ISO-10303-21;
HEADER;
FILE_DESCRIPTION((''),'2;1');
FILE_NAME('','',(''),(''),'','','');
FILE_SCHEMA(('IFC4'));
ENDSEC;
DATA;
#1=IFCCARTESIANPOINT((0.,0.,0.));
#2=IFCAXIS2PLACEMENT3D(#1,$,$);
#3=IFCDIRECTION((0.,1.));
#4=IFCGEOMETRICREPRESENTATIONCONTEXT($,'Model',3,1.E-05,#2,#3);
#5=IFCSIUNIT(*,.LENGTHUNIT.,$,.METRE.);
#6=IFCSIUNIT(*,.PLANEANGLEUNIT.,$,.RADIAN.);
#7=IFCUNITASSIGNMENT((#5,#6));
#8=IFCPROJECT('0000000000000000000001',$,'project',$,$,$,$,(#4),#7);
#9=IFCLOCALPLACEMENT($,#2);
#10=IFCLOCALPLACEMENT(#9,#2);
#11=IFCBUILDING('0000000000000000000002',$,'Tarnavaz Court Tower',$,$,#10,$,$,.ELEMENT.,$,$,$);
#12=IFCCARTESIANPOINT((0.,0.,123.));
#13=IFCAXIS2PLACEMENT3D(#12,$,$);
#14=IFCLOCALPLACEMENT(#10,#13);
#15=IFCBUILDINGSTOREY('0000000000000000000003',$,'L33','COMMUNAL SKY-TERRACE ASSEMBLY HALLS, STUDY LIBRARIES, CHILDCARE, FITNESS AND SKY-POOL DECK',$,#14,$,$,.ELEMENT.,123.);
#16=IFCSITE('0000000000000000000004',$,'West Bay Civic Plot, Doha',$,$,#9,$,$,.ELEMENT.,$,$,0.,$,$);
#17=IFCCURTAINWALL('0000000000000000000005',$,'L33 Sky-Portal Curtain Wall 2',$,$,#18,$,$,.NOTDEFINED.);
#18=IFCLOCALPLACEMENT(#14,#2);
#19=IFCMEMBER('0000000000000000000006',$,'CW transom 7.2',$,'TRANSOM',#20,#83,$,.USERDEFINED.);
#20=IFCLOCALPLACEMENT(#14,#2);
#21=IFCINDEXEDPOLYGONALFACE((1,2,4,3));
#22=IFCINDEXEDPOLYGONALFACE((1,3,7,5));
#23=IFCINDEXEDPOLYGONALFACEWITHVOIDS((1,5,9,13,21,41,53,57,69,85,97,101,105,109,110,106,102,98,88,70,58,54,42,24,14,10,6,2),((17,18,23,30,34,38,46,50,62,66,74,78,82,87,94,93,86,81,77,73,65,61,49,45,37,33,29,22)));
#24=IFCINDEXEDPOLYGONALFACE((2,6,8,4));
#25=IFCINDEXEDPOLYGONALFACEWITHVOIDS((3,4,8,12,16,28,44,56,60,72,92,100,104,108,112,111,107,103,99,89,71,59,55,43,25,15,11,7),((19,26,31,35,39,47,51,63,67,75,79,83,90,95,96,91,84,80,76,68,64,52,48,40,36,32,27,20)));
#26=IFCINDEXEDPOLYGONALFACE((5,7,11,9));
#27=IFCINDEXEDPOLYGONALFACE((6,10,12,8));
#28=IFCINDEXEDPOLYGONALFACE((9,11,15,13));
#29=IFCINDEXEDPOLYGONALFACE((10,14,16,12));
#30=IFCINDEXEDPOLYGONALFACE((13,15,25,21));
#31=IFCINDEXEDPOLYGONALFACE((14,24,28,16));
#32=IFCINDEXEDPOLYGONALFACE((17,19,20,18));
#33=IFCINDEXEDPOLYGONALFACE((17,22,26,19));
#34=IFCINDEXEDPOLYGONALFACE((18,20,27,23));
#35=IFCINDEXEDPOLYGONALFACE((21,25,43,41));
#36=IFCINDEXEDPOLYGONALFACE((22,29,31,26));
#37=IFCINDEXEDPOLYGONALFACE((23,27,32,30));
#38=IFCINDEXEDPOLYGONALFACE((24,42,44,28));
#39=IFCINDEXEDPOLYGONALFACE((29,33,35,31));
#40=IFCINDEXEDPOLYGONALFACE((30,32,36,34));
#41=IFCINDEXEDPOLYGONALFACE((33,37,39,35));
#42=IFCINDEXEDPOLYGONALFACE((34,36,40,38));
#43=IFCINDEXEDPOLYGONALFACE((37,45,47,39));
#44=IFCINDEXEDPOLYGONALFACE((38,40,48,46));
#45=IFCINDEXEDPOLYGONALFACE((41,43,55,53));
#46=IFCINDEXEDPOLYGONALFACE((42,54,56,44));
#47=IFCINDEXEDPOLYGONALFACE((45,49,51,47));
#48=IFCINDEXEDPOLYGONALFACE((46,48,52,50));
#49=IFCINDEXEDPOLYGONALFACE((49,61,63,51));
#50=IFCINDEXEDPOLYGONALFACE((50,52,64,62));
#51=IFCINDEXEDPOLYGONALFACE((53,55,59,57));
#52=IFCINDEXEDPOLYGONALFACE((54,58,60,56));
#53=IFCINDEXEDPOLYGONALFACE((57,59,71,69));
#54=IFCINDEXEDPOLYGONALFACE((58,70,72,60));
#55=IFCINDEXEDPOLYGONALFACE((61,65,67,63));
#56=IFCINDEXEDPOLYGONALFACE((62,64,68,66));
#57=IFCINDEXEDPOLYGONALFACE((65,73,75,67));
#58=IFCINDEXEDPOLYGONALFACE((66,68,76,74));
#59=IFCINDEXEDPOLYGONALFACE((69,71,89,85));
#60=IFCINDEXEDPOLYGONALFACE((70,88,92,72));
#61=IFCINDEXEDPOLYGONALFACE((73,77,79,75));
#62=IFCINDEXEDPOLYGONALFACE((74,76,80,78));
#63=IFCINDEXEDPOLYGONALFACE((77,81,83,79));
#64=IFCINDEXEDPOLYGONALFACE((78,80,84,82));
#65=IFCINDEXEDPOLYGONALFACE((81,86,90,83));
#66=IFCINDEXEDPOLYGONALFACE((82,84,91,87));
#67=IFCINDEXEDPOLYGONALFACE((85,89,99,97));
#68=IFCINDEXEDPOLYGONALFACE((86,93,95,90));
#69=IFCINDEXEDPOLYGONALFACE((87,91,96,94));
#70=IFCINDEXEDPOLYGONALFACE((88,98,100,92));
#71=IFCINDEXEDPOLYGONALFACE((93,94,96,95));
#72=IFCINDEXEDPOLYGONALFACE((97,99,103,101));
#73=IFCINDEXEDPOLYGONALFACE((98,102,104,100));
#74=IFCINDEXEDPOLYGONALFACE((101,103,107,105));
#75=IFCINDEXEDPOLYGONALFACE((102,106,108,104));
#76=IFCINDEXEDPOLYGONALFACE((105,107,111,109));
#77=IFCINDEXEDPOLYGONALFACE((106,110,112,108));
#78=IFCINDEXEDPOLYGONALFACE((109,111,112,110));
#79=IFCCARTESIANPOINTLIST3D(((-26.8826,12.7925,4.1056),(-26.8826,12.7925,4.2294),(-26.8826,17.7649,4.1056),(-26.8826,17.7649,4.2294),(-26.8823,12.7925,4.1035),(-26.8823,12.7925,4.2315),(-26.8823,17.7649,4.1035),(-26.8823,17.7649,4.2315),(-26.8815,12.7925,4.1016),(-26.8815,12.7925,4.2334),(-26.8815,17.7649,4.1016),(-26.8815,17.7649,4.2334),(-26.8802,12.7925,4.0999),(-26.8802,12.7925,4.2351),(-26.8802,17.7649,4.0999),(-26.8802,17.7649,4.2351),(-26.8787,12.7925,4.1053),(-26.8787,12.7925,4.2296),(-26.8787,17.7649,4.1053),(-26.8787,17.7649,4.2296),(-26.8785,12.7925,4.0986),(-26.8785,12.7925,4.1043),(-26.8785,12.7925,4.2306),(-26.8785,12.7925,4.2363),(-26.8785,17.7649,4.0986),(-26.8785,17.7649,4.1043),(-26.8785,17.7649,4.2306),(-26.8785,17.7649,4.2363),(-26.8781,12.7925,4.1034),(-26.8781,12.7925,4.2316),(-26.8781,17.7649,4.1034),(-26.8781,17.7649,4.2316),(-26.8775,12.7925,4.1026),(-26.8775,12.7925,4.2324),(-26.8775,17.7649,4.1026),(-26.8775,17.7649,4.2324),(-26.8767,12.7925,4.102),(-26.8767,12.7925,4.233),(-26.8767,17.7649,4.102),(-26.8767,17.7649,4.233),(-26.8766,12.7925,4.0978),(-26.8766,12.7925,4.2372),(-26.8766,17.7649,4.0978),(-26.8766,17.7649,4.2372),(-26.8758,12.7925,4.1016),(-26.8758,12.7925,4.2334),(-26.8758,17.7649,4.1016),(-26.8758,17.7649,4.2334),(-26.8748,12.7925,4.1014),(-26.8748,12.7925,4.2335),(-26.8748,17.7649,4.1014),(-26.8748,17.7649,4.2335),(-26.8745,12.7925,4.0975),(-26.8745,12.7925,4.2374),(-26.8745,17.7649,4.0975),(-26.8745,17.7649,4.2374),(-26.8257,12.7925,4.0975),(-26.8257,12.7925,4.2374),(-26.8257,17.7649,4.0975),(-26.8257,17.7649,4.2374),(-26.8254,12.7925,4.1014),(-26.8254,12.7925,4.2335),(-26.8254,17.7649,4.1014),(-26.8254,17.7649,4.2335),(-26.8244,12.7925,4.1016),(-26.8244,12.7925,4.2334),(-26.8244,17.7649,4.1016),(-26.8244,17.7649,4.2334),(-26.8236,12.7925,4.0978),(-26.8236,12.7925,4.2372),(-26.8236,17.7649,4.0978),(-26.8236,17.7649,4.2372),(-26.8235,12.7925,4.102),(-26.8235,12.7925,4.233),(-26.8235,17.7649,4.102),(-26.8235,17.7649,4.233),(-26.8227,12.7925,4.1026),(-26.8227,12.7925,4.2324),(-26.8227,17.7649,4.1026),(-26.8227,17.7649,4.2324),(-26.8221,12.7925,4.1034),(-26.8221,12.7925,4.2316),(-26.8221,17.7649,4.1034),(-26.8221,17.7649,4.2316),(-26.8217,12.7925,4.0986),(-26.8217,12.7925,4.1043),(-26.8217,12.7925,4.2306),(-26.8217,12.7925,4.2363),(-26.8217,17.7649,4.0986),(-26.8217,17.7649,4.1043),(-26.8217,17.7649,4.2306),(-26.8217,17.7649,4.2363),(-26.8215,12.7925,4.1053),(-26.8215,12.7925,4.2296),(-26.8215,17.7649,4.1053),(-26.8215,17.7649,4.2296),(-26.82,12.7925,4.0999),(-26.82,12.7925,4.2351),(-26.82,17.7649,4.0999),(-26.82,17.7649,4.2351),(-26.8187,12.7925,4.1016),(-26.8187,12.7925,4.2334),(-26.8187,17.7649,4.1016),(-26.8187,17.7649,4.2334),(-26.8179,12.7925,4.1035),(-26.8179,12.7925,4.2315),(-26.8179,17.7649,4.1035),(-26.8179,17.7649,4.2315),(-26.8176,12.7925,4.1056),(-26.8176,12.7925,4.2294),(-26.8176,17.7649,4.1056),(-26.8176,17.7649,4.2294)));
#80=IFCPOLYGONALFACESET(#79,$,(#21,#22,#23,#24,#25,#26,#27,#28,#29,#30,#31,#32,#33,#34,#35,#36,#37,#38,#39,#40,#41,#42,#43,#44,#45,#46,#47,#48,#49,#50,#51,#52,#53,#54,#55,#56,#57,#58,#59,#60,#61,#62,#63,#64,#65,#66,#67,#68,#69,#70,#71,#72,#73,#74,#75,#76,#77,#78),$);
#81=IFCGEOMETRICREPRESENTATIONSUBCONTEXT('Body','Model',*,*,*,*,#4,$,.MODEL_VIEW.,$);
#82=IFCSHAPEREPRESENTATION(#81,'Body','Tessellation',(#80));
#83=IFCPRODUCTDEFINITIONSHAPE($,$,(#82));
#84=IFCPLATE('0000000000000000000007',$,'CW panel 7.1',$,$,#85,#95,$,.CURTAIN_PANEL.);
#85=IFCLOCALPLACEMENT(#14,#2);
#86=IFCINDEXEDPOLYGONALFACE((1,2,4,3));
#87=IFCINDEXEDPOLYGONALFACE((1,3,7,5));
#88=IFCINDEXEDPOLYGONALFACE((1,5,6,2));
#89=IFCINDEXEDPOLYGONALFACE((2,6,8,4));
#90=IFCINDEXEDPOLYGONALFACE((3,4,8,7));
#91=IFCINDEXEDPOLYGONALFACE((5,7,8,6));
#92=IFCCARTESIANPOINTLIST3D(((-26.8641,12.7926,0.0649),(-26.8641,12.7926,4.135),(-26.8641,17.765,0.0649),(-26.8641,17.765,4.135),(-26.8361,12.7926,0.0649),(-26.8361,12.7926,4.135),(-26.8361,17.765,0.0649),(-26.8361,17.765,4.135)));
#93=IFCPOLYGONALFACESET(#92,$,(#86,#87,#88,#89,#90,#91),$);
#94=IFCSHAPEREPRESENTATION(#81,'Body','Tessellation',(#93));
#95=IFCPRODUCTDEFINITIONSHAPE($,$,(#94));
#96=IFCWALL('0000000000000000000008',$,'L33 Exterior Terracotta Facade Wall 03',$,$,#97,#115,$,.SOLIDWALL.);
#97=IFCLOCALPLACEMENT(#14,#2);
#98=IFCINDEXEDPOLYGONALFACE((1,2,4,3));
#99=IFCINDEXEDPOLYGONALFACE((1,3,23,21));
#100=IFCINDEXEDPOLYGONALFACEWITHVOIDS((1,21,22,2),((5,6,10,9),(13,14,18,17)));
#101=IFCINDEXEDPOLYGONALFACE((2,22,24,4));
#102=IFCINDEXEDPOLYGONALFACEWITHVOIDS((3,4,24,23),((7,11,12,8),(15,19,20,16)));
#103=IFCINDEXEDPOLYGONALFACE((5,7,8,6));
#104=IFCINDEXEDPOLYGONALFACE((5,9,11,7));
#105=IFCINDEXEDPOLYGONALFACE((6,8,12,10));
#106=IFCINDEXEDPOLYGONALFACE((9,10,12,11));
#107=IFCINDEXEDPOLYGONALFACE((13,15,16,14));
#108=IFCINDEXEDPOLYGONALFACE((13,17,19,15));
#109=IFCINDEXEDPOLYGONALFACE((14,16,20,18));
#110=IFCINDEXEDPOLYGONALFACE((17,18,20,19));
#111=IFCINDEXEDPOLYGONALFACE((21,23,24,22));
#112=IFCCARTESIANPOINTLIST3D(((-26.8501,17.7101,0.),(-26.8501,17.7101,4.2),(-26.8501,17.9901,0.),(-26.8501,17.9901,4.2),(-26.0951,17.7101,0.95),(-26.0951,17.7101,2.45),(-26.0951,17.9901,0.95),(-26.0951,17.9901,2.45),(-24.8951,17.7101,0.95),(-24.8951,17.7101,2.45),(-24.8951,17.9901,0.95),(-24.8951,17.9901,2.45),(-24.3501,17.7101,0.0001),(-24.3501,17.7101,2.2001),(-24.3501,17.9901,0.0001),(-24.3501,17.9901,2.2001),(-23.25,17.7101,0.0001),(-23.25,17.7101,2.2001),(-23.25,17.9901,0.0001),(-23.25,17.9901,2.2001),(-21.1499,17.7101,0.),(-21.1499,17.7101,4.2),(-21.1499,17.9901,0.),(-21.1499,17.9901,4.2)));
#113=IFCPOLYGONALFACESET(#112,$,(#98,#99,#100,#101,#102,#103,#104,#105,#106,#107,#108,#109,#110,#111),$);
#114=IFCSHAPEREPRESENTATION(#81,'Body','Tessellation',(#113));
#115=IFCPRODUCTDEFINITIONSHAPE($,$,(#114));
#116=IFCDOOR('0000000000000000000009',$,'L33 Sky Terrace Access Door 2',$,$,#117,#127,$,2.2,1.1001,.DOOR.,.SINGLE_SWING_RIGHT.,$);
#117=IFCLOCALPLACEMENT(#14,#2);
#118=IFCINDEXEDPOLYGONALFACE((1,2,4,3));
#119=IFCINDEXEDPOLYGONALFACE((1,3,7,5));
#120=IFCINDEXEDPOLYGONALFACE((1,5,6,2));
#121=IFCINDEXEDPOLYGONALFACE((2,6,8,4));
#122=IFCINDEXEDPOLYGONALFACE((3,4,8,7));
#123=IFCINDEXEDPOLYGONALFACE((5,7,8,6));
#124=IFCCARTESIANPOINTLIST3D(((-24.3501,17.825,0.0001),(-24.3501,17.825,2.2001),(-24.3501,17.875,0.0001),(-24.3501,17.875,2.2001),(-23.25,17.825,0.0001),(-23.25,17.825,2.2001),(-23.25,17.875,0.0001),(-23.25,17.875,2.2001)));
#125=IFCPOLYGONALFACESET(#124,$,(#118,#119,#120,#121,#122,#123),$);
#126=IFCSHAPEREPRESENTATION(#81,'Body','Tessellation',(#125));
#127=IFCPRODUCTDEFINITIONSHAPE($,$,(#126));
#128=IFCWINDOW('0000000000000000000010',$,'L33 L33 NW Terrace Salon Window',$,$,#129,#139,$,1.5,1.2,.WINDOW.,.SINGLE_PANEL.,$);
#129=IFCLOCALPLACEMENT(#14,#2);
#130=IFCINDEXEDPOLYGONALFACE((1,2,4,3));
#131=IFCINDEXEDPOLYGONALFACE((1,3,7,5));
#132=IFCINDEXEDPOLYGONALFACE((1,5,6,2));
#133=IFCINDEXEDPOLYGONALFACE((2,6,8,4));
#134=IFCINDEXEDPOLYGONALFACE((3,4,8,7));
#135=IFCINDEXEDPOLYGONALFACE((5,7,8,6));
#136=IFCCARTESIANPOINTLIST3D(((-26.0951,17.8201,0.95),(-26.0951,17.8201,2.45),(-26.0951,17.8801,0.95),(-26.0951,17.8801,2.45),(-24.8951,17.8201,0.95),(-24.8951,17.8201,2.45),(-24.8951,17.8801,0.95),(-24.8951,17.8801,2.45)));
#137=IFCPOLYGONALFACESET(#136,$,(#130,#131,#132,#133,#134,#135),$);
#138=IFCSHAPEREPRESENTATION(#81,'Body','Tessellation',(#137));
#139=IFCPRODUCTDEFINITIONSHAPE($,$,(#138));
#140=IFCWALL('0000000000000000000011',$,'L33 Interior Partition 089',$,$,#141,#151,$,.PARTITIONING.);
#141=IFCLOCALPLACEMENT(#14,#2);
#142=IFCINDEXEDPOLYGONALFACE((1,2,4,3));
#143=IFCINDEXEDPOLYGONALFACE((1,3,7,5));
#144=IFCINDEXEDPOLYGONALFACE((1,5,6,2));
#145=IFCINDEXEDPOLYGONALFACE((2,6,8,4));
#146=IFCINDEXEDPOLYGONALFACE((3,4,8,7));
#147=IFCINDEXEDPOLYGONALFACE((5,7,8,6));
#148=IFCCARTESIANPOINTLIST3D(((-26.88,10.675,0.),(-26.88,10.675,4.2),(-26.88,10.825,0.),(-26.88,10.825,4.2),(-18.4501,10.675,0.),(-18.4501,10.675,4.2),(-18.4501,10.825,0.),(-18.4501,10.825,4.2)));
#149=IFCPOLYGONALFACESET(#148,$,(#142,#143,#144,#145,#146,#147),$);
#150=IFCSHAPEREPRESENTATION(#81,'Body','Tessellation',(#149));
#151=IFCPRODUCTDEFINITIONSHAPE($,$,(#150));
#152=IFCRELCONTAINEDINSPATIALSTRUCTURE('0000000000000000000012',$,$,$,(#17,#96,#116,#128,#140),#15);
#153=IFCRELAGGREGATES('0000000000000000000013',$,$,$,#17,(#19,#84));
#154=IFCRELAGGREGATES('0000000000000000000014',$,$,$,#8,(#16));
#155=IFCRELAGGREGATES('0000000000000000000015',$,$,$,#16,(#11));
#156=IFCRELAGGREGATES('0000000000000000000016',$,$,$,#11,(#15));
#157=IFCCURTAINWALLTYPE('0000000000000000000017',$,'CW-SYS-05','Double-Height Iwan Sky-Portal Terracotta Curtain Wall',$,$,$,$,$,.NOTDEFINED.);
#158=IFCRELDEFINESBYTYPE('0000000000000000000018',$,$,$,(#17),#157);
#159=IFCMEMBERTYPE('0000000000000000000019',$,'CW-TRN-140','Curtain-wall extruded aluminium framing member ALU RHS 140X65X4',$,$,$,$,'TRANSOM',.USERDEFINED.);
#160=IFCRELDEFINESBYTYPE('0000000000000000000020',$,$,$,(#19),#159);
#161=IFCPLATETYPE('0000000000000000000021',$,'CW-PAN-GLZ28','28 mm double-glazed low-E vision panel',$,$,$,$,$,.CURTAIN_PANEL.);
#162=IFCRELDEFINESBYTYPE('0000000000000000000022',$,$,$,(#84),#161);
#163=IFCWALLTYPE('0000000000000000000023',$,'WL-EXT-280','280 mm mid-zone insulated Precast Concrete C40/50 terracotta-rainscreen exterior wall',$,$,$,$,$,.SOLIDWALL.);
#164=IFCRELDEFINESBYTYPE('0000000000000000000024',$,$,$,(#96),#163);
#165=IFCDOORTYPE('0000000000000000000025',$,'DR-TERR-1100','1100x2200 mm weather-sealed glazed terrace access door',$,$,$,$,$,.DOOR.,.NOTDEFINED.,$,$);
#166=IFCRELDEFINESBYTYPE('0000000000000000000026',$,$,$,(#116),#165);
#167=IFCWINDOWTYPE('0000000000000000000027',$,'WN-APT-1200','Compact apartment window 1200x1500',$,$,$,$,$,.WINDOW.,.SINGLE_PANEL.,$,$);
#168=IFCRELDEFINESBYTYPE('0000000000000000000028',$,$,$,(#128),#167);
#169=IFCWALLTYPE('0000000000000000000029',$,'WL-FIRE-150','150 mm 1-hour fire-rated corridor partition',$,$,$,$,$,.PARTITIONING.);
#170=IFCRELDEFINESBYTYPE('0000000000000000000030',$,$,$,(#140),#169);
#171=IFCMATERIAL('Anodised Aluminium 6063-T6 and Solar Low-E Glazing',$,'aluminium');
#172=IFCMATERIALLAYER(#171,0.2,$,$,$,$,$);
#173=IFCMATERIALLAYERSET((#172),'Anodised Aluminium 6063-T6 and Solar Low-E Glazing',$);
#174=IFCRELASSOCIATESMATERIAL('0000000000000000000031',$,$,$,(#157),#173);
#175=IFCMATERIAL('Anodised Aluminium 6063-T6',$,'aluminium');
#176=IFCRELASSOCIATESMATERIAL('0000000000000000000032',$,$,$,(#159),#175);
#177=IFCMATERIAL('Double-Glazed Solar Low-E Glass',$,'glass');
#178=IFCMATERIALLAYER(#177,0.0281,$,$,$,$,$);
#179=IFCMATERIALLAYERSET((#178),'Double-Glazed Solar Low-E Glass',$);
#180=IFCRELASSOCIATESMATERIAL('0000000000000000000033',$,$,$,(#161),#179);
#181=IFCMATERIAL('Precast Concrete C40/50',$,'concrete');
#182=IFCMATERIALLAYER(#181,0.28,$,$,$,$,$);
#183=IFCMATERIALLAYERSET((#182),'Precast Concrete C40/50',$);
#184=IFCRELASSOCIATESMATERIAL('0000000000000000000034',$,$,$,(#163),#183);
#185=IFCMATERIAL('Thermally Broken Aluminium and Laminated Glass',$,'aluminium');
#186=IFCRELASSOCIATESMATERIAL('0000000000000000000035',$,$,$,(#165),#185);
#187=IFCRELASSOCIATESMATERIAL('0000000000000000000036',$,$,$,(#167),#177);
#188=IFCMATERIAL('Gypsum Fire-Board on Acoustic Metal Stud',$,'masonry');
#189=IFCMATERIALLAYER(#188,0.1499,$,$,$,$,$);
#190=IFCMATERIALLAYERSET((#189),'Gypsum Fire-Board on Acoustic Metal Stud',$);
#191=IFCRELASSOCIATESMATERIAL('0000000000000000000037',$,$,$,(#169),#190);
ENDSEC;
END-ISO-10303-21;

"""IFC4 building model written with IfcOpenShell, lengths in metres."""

from ifc_helpers import new_model, si_unit, direction, frame, frame_2d, origin, origin_2d, place, context, subcontext, project, spatial, rectangle, hollow_rectangle, extrude, material, layer, layer_set, material_profile, profile_set, type_object, element, fill, aggregate, save


model = new_model("IFC4")

# Units and contexts
model_context = context("Model", 3, precision=1e-05, world=origin(), true_north=direction((0.0, 1.0)))
body_context = subcontext(model_context, "Body", "Model", "MODEL_VIEW")
ifc_project = project(units=[si_unit("LENGTHUNIT", "METRE"), si_unit("PLANEANGLEUNIT", "RADIAN")], contexts=[model_context])

# Site, building, storey
site_placement = place(None, origin())
site = spatial("IfcSite", under=ifc_project, at=site_placement, Name="West Bay Civic Plot, Doha", CompositionType="ELEMENT", RefElevation=0.0)
building_placement = place(site_placement, origin())
building = spatial("IfcBuilding", under=site, at=building_placement, Name="Tarnavaz Court Tower", CompositionType="ELEMENT")
storey_placement = place(building_placement, frame((0.0, 0.0, 123.0)))
storey = spatial("IfcBuildingStorey", under=building, at=storey_placement, Name="L33", Description="COMMUNAL SKY-TERRACE ASSEMBLY HALLS, STUDY LIBRARIES, CHILDCARE, FITNESS AND SKY-POOL DECK", CompositionType="ELEMENT", Elevation=123.0)

# Curtain wall, member, plate
ifc_material_1 = material(Name="Anodised Aluminium 6063-T6 and Solar Low-E Glazing", Category="aluminium")
ifc_layer_1 = layer(ifc_material_1, 0.2)
ifc_layer_set_1 = layer_set([ifc_layer_1], Name="Anodised Aluminium 6063-T6 and Solar Low-E Glazing")
curtain_wall_type = type_object("IfcCurtainWallType", Name="CW-SYS-05", Description="Double-Height Iwan Sky-Portal Terracotta Curtain Wall", PredefinedType="NOTDEFINED", material=ifc_layer_set_1)
curtain_wall_placement = place(storey_placement, origin())
curtain_wall = element("IfcCurtainWall", 1, at=curtain_wall_placement, inside=storey, type_object=curtain_wall_type, Name="L33 Sky-Portal Curtain Wall 2", PredefinedType="NOTDEFINED")
ifc_material_2 = material(Name="Anodised Aluminium 6063-T6", Category="aluminium")
ifc_material_profile_1 = material_profile(ifc_material_2, hollow_rectangle(XDim=0.0649, YDim=0.1399, WallThickness=0.0039, InnerFilletRadius=0.0039, OuterFilletRadius=0.0081, at=origin_2d()), Name="ALU RHS 140X65X4")
ifc_profile_set_1 = profile_set([ifc_material_profile_1], Name="Anodised Aluminium 6063-T6")
member_type_1 = type_object("IfcMemberType", Name="CW-TRN-140", Description="Curtain-wall extruded aluminium framing member ALU RHS 140X65X4", ElementType="TRANSOM", PredefinedType="USERDEFINED", material=ifc_profile_set_1)
member_1_placement = place(storey_placement, frame((-26.8501, 12.7925, 4.1675), z_axis=(0.0, 1.0, 0.0), x_axis=(-1.0, 0.0, 0.0)))
member_1 = element("IfcMember", 2, at=member_1_placement, type_object=member_type_1, Name="CW transom 7.2", ObjectType="TRANSOM", PredefinedType="USERDEFINED", context=body_context, shape_type="SweptSolid", body=[
    extrude(hollow_rectangle(XDim=0.0649, YDim=0.1399, WallThickness=0.0039, InnerFilletRadius=0.0039, OuterFilletRadius=0.0081, at=origin_2d()), origin(), (0.0, 0.0, 1.0), 4.9724),
])
ifc_material_3 = material(Name="Double-Glazed Solar Low-E Glass", Category="glass")
ifc_layer_2 = layer(ifc_material_3, 0.0281)
ifc_layer_set_2 = layer_set([ifc_layer_2], Name="Double-Glazed Solar Low-E Glass")
plate_type = type_object("IfcPlateType", Name="CW-PAN-GLZ28", Description="28 mm double-glazed low-E vision panel", PredefinedType="CURTAIN_PANEL", material=ifc_layer_set_2)
plate_placement = place(storey_placement, frame((-26.8501, 15.2788, 0.0649), z_axis=(0.0, 0.0, 1.0), x_axis=(0.0, 1.0, 0.0)))
plate = element("IfcPlate", 3, at=plate_placement, type_object=plate_type, Name="CW panel 7.1", PredefinedType="CURTAIN_PANEL", context=body_context, shape_type="SweptSolid", body=[
    extrude(rectangle(XDim=4.9724, YDim=0.0281, at=origin_2d()), origin(), (0.0, 0.0, 1.0), 4.0701),
])
aggregate(curtain_wall, [member_1, plate])

# Wall, openings, door, window
ifc_material_4 = material(Name="Precast Concrete C40/50", Category="concrete")
ifc_layer_3 = layer(ifc_material_4, 0.28)
ifc_layer_set_3 = layer_set([ifc_layer_3], Name="Precast Concrete C40/50")
wall_type_1 = type_object("IfcWallType", Name="WL-EXT-280", Description="280 mm mid-zone insulated Precast Concrete C40/50 terracotta-rainscreen exterior wall", PredefinedType="SOLIDWALL", material=ifc_layer_set_3)
wall_1_placement = place(storey_placement, frame((-26.8501, 17.8501, 0.0), z_axis=(0.0, 0.0, 1.0), x_axis=(1.0, 0.0, 0.0)))
wall_1 = element("IfcWall", 4, at=wall_1_placement, inside=storey, type_object=wall_type_1, Name="L33 Exterior Terracotta Facade Wall 03", PredefinedType="SOLIDWALL", context=body_context, shape_type="SweptSolid", body=[
    extrude(rectangle(XDim=5.7002, YDim=0.28, at=frame_2d((2.8501, 0.0))), origin(), (0.0, 0.0, 1.0), 4.2),
])
opening_1_placement = place(wall_1_placement, frame((2.5, 0.0, 0.0)))
opening_1 = element("IfcOpeningElement", 5, at=opening_1_placement, cuts=wall_1, PredefinedType="OPENING", context=body_context, shape_type="SweptSolid", body=[
    extrude(rectangle(XDim=1.1001, YDim=2.2, at=frame_2d((0.55, 1.1001))), frame((0.0, 0.1499, 0.0), z_axis=(0.0, -1.0, 0.0), x_axis=(1.0, 0.0, 0.0)), (0.0, 0.0, 1.0), 0.3),
])
opening_2_placement = place(wall_1_placement, frame((0.7549, 0.0, 0.95)))
opening_2 = element("IfcOpeningElement", 6, at=opening_2_placement, cuts=wall_1, PredefinedType="OPENING", context=body_context, shape_type="SweptSolid", body=[
    extrude(rectangle(XDim=1.2, YDim=1.5, at=frame_2d((0.6001, 0.75))), frame((0.0, 0.1499, 0.0), z_axis=(0.0, -1.0, 0.0), x_axis=(1.0, 0.0, 0.0)), (0.0, 0.0, 1.0), 0.3),
])
ifc_material_5 = material(Name="Thermally Broken Aluminium and Laminated Glass", Category="aluminium")
door_type_1 = type_object("IfcDoorType", Name="DR-TERR-1100", Description="1100x2200 mm weather-sealed glazed terrace access door", OperationType="NOTDEFINED", PredefinedType="DOOR", material=ifc_material_5)
door_1_placement = place(opening_1_placement, origin())
door_1 = element("IfcDoor", 7, at=door_1_placement, inside=storey, type_object=door_type_1, Name="L33 Sky Terrace Access Door 2", OperationType="SINGLE_SWING_RIGHT", OverallHeight=2.2, OverallWidth=1.1001, PredefinedType="DOOR", context=body_context, shape_type="SweptSolid", body=[
    extrude(rectangle(XDim=1.1001, YDim=2.2, at=frame_2d((0.55, 1.1001))), frame((0.0, 0.0249, 0.0), z_axis=(0.0, -1.0, 0.0), x_axis=(1.0, 0.0, 0.0)), (0.0, 0.0, 1.0), 0.05),
])
fill(opening_1, door_1)
window_type = type_object("IfcWindowType", Name="WN-APT-1200", Description="Compact apartment window 1200x1500", PartitioningType="SINGLE_PANEL", PredefinedType="WINDOW", material=ifc_material_3)
window_placement = place(opening_2_placement, origin())
window = element("IfcWindow", 8, at=window_placement, inside=storey, type_object=window_type, Name="L33 L33 NW Terrace Salon Window", OverallHeight=1.5, OverallWidth=1.2, PartitioningType="SINGLE_PANEL", PredefinedType="WINDOW", context=body_context, shape_type="SweptSolid", body=[
    extrude(rectangle(XDim=1.2, YDim=1.5, at=frame_2d((0.6001, 0.75))), frame((0.0, 0.03, 0.0), z_axis=(0.0, -1.0, 0.0), x_axis=(1.0, 0.0, 0.0)), (0.0, 0.0, 1.0), 0.0601),
])
fill(opening_2, window)

# Wall
ifc_material_6 = material(Name="Gypsum Fire-Board on Acoustic Metal Stud", Category="masonry")
ifc_layer_4 = layer(ifc_material_6, 0.1499)
ifc_layer_set_4 = layer_set([ifc_layer_4], Name="Gypsum Fire-Board on Acoustic Metal Stud")
wall_type_2 = type_object("IfcWallType", Name="WL-FIRE-150", Description="150 mm 1-hour fire-rated corridor partition", PredefinedType="PARTITIONING", material=ifc_layer_set_4)
wall_2_placement = place(storey_placement, frame((-26.8799, 10.75, 0.0), z_axis=(0.0, 0.0, 1.0), x_axis=(1.0, 0.0, 0.0)))
element("IfcWall", 9, at=wall_2_placement, inside=storey, type_object=wall_type_2, Name="L33 Interior Partition 089", PredefinedType="PARTITIONING", context=body_context, shape_type="SweptSolid", body=[
    extrude(rectangle(XDim=8.4299, YDim=0.1499, at=frame_2d((4.2148, 0.0))), origin(), (0.0, 0.0, 1.0), 4.2),
])

save(model, "model.ifc")
